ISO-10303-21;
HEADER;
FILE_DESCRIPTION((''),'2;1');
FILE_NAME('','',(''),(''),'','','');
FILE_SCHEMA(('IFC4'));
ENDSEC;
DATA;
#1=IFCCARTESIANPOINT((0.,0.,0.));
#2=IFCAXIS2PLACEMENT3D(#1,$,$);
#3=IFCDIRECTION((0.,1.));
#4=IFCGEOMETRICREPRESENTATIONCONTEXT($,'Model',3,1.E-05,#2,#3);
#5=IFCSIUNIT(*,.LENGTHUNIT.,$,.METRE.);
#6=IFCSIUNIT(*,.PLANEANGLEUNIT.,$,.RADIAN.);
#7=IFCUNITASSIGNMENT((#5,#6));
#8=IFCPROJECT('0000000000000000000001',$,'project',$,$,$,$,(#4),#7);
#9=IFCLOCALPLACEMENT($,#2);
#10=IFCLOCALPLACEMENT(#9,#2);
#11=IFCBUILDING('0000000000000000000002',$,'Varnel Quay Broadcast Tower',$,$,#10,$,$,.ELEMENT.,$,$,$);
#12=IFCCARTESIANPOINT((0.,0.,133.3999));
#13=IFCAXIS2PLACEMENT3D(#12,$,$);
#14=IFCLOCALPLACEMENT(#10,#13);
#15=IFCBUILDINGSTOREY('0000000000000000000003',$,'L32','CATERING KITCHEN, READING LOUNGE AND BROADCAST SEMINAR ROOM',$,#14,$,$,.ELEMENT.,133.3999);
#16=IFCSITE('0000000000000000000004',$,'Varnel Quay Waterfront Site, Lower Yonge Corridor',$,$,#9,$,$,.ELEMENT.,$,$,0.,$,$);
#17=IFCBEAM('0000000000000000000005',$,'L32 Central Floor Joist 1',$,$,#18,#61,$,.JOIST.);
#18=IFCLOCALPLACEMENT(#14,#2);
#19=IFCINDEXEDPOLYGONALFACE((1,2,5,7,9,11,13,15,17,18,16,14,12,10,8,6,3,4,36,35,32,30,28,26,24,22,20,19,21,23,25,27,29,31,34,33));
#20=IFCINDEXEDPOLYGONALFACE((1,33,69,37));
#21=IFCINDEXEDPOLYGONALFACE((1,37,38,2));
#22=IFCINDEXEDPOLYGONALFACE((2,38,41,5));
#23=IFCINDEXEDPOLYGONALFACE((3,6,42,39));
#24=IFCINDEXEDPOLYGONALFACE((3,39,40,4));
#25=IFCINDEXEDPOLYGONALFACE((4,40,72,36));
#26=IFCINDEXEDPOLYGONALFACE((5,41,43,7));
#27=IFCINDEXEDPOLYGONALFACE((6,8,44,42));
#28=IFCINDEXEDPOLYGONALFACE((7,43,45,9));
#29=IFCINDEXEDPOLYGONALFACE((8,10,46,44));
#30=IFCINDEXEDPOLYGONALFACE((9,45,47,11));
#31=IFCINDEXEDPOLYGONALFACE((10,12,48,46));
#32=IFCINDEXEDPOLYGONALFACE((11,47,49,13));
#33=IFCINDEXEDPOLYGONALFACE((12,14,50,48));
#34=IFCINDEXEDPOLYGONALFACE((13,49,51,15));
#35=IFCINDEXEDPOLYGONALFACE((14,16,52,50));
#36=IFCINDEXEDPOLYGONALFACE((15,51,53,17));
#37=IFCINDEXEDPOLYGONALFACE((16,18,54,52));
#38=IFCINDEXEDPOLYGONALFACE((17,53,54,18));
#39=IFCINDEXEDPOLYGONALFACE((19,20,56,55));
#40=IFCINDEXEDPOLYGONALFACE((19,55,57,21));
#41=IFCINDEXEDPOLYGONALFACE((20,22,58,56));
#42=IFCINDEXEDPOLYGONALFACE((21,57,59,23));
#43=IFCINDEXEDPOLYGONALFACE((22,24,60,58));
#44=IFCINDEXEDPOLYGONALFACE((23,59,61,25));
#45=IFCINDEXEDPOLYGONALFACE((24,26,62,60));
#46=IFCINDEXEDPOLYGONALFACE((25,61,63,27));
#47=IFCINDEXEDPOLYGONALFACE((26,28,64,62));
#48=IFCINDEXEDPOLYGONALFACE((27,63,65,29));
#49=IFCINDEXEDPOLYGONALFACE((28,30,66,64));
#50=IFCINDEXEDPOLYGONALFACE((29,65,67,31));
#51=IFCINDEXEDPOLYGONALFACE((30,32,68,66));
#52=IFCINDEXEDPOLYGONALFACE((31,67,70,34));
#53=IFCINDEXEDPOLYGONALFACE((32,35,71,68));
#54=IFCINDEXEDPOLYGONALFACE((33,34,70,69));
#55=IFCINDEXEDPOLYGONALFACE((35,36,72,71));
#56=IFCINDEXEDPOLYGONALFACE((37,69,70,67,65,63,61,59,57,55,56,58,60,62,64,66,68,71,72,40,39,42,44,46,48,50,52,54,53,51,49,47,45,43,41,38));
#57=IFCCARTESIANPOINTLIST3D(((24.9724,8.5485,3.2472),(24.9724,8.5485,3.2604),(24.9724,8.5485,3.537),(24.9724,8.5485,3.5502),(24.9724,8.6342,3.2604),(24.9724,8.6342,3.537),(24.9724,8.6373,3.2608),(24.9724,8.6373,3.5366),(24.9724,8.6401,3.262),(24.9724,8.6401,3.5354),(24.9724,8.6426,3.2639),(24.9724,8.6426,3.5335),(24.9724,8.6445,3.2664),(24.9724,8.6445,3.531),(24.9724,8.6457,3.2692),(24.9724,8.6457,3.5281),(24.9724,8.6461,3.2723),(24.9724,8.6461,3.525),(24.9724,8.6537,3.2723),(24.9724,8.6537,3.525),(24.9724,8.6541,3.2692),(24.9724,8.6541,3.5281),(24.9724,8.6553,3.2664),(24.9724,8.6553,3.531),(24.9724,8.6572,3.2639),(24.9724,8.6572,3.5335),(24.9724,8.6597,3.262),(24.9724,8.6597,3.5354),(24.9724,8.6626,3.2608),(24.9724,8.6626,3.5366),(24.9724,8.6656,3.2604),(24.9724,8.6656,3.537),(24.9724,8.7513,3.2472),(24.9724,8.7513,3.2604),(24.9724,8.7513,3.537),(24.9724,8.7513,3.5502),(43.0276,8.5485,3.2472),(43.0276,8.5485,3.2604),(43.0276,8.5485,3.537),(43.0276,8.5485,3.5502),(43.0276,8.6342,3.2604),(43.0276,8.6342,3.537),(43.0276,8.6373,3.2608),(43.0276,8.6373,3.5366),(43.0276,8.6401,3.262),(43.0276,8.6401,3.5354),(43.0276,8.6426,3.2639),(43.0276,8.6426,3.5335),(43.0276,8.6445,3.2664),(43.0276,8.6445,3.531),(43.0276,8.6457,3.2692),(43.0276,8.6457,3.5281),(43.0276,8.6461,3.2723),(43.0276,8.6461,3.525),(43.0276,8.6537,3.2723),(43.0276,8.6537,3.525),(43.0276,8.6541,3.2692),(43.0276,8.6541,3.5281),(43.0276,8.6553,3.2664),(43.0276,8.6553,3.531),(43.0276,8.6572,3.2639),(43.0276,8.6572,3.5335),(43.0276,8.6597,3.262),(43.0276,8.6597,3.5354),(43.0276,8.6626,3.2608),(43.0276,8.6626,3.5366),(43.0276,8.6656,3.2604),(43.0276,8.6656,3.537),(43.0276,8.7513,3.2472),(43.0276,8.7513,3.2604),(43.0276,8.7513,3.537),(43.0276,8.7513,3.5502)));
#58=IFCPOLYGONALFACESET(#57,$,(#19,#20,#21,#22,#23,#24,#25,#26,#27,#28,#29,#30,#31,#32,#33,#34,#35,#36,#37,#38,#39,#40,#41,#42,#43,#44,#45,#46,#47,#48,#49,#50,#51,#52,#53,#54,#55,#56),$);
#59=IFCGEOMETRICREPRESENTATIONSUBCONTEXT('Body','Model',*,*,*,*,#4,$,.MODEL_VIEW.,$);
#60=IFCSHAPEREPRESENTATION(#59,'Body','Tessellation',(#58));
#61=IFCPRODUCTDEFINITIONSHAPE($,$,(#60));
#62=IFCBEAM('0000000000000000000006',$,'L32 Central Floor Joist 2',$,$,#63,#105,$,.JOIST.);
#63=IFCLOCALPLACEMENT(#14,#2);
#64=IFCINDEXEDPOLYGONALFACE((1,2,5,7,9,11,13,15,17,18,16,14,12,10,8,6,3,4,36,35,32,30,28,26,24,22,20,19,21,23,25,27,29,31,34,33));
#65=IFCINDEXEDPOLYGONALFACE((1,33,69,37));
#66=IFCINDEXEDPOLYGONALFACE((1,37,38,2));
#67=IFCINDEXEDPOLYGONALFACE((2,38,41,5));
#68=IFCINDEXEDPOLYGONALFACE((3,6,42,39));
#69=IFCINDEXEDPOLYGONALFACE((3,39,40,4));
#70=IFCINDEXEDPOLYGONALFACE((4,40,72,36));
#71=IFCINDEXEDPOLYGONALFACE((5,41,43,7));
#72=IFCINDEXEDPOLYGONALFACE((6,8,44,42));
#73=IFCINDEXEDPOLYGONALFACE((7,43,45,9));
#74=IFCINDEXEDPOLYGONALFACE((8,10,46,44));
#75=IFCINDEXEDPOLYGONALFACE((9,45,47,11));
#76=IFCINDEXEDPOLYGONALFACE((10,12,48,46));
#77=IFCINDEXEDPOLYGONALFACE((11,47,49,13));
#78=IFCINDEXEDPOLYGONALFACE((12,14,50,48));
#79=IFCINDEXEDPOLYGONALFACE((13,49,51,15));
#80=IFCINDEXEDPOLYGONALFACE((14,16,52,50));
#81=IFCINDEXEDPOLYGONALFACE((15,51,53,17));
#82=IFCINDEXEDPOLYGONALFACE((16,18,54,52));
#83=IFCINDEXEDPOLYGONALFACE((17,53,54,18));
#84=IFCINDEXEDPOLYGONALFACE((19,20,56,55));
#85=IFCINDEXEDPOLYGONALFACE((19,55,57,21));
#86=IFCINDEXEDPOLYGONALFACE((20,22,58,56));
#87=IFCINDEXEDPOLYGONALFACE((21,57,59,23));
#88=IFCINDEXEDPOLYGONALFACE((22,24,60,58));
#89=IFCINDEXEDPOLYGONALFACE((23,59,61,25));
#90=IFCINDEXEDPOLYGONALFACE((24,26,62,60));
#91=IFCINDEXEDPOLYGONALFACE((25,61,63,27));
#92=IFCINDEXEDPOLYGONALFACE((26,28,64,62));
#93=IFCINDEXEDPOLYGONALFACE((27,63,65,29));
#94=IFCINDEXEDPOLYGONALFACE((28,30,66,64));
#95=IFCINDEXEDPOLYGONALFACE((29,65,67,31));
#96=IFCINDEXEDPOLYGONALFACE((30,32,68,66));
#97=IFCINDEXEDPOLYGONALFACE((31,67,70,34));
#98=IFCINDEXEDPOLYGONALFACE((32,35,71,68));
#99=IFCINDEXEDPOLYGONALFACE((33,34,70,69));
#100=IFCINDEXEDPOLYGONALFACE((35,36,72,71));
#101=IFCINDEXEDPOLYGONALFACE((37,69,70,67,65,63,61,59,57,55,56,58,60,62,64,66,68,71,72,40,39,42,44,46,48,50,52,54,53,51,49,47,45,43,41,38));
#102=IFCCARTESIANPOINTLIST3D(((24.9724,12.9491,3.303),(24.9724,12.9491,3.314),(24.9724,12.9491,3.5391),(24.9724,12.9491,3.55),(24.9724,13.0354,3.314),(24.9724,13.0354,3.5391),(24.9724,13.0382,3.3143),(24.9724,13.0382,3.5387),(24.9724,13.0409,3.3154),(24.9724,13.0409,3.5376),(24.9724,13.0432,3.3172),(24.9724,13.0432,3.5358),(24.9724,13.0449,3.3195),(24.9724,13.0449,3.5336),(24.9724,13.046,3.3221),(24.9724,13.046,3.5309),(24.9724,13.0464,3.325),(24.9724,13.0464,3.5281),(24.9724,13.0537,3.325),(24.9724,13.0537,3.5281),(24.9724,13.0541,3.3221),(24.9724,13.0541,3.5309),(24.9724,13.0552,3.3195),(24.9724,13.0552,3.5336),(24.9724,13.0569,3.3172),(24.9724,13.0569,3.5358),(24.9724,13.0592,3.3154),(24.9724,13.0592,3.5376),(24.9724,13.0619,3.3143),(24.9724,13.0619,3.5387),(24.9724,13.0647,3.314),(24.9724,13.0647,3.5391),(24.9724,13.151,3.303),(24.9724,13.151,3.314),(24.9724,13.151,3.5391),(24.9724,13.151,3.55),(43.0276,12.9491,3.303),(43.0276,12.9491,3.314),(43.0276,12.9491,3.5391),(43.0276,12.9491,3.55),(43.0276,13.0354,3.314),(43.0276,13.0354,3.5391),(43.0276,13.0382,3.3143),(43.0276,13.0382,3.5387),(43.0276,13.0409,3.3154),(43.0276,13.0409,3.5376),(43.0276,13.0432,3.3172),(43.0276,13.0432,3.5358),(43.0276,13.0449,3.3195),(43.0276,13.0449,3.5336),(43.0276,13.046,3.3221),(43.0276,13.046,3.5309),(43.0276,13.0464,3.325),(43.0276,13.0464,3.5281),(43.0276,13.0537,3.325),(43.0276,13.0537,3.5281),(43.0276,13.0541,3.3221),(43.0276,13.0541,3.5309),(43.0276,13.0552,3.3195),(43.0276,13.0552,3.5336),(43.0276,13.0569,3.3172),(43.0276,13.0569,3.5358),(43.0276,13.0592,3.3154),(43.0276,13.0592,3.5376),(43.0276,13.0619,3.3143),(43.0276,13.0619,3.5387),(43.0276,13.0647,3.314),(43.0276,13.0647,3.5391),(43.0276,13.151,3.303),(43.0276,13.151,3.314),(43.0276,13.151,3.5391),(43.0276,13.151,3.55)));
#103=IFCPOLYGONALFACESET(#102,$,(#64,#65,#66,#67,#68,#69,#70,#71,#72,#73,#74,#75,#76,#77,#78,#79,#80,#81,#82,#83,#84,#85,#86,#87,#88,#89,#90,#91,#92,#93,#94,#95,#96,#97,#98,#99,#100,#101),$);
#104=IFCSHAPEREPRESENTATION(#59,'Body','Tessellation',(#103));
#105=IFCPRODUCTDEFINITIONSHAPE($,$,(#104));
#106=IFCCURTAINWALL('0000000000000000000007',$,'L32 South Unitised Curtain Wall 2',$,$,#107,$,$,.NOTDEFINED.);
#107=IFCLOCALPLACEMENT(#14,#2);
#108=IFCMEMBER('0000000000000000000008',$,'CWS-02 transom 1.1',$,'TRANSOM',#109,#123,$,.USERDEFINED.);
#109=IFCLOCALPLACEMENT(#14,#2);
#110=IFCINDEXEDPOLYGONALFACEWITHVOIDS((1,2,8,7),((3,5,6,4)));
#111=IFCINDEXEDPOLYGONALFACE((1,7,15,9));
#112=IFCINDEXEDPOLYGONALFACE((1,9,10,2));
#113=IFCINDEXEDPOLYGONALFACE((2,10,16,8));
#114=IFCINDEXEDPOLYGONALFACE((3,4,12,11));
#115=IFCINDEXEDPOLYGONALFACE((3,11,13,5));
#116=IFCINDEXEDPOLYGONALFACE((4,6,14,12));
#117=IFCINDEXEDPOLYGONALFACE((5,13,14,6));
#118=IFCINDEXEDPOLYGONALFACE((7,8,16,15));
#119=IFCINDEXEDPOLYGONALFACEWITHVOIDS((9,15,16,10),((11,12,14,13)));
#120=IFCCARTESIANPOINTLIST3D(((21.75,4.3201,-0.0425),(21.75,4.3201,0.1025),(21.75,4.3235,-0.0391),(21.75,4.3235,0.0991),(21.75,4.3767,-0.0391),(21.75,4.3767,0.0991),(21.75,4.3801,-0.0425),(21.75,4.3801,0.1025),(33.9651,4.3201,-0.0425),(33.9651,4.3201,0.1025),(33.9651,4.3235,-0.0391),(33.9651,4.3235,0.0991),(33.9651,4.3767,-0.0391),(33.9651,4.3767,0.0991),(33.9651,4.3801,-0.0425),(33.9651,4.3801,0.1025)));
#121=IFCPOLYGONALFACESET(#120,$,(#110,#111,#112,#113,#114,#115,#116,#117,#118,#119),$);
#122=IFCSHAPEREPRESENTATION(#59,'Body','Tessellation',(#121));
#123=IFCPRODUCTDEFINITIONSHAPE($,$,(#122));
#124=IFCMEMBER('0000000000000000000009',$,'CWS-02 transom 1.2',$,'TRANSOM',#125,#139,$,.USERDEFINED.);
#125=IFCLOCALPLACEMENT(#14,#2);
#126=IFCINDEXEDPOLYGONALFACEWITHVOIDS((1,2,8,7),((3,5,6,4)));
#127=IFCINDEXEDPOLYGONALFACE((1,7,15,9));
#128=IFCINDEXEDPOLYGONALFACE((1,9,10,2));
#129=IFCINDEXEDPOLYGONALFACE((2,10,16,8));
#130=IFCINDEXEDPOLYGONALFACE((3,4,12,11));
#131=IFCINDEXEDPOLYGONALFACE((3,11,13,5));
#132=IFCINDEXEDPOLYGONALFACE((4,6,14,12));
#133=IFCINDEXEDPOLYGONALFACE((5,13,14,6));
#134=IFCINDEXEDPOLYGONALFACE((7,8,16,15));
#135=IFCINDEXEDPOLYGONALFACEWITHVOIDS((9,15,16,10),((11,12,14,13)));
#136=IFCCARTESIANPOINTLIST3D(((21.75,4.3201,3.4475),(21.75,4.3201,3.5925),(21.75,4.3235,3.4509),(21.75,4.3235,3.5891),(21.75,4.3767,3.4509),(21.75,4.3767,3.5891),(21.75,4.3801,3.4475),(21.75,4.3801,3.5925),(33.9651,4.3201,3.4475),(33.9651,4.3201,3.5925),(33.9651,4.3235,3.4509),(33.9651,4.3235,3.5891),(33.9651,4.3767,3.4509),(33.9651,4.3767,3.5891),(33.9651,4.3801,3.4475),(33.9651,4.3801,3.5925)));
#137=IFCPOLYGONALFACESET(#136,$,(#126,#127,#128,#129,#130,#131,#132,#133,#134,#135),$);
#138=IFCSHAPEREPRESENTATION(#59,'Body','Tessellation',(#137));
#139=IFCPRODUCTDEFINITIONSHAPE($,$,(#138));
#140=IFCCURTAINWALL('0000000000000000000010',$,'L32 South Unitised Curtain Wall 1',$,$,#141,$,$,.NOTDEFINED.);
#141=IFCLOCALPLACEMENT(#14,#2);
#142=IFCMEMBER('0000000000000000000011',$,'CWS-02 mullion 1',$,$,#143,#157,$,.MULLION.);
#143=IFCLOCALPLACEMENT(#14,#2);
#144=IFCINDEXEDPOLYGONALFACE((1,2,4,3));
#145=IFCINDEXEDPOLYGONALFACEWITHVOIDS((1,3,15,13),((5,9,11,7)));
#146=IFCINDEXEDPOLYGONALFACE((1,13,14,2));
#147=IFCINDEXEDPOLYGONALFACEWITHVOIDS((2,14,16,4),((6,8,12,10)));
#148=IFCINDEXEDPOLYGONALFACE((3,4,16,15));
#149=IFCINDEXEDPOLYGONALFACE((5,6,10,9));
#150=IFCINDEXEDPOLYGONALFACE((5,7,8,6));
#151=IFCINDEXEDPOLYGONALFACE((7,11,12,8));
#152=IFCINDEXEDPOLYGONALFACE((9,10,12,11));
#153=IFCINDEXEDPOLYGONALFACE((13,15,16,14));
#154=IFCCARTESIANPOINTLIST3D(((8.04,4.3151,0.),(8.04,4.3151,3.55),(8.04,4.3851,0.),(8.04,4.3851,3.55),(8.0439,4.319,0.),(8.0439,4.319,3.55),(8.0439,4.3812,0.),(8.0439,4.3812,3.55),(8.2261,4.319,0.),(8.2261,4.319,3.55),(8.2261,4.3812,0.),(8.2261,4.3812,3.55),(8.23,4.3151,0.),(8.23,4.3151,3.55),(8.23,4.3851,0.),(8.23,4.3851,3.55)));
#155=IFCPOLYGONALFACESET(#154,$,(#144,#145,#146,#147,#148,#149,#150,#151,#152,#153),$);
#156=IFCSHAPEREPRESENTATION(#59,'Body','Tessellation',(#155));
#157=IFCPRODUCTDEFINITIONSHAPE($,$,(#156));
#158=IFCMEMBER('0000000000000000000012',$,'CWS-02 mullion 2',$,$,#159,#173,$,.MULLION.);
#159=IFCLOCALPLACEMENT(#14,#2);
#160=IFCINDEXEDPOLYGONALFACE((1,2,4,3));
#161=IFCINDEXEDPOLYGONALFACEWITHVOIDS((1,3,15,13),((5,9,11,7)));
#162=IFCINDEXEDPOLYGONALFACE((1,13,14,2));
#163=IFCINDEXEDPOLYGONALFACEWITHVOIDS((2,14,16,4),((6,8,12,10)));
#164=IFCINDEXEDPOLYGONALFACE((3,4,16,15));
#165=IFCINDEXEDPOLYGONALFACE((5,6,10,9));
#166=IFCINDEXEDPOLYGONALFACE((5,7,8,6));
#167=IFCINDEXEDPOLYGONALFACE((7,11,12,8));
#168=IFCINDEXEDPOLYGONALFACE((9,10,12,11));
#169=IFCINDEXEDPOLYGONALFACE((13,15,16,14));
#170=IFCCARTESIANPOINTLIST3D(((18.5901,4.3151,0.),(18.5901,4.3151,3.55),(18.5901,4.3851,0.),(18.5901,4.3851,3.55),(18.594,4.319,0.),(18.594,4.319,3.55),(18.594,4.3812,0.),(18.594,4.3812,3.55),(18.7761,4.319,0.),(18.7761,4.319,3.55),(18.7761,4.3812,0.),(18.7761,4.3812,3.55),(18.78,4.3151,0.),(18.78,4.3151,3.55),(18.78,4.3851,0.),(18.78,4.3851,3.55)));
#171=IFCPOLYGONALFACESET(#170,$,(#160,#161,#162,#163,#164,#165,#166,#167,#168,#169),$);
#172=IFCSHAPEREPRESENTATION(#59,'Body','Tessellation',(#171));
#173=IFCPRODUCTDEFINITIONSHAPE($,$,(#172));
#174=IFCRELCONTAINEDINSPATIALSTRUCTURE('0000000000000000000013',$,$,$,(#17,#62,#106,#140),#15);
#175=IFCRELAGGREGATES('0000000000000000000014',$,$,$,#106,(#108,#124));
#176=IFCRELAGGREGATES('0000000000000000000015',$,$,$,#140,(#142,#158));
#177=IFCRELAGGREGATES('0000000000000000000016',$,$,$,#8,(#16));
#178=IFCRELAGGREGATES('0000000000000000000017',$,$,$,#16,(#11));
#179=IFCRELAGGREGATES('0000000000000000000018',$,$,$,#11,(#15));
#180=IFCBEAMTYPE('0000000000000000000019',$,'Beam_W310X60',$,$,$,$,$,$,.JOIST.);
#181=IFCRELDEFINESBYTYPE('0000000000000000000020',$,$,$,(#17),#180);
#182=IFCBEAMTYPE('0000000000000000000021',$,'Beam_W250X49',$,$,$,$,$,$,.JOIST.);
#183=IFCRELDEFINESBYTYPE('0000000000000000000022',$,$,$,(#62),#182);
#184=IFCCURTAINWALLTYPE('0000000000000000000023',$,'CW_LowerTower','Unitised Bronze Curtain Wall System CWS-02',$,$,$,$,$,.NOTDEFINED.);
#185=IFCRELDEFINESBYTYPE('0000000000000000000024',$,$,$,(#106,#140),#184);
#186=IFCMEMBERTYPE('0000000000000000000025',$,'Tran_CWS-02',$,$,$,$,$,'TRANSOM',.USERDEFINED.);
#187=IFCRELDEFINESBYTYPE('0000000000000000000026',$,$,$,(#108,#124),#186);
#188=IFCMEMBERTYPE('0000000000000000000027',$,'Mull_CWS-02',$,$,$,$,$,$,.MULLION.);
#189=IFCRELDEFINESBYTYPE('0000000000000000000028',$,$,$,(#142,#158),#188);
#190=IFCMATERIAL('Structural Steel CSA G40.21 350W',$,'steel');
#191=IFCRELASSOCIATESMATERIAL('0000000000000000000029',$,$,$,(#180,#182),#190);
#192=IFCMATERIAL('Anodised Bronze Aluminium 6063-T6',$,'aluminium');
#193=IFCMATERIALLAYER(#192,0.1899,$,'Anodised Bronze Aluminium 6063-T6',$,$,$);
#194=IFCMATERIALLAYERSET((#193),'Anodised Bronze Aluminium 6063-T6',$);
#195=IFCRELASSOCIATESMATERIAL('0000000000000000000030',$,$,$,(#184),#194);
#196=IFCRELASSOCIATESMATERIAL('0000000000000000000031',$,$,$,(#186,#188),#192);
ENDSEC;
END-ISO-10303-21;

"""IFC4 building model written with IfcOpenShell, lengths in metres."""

from ifc_helpers import new_model, si_unit, direction, frame, origin, origin_2d, place, context, subcontext, project, spatial, hollow_rectangle, i_section, extrude, source, transform, mapped, material, layer, layer_set, material_profile, profile_set, type_object, type_shapes, element, aggregate, save


model = new_model("IFC4")

# Units and contexts
model_context = context("Model", 3, precision=1e-05, world=origin(), true_north=direction((0.0, 1.0)))
body_context = subcontext(model_context, "Body", "Model", "MODEL_VIEW")
ifc_project = project(units=[si_unit("LENGTHUNIT", "METRE"), si_unit("PLANEANGLEUNIT", "RADIAN")], contexts=[model_context])

# Site, building, storey
site_placement = place(None, origin())
site = spatial("IfcSite", under=ifc_project, at=site_placement, Name="Varnel Quay Waterfront Site, Lower Yonge Corridor", CompositionType="ELEMENT", RefElevation=0.0)
building_placement = place(site_placement, origin())
building = spatial("IfcBuilding", under=site, at=building_placement, Name="Varnel Quay Broadcast Tower", CompositionType="ELEMENT")
storey_placement = place(building_placement, frame((0.0, 0.0, 133.3999)))
storey = spatial("IfcBuildingStorey", under=building, at=storey_placement, Name="L32", Description="CATERING KITCHEN, READING LOUNGE AND BROADCAST SEMINAR ROOM", CompositionType="ELEMENT", Elevation=133.3999)

# Shared definitions
ifc_material_1 = material(Name="Structural Steel CSA G40.21 350W", Category="steel")

# Beams
ifc_material_profile_1 = material_profile(ifc_material_1, i_section(OverallWidth=0.2029, OverallDepth=0.303, WebThickness=0.0076, FlangeThickness=0.0132, FilletRadius=0.012, at=origin_2d()), Name="W310X60")
ifc_profile_set_1 = profile_set([ifc_material_profile_1], Name="Structural Steel CSA G40.21 350W")
beam_type_1 = type_object("IfcBeamType", Name="Beam_W310X60", PredefinedType="JOIST", material=ifc_profile_set_1)
shared_shape_1 = source(origin(), body_context, "Body", "SweptSolid", [
    extrude(i_section(OverallWidth=0.2029, OverallDepth=0.303, WebThickness=0.0076, FlangeThickness=0.0132, FilletRadius=0.012, at=origin_2d()), origin(), (0.0, 0.0, 1.0), 18.0552),
])
type_shapes(beam_type_1, [shared_shape_1])
beam_1_placement = place(storey_placement, frame((24.9724, 8.6499, 3.3987), z_axis=(1.0, 0.0, 0.0), x_axis=(0.0, 1.0, 0.0)))
element("IfcBeam", 1, at=beam_1_placement, inside=storey, type_object=beam_type_1, Name="L32 Central Floor Joist 1", PredefinedType="JOIST", context=body_context, shape_type="MappedRepresentation", body=[
    mapped(shared_shape_1, transform((0.0, 0.0, 0.0), x_axis=(1.0, 0.0, 0.0), y_axis=(0.0, 1.0, 0.0), z_axis=(0.0, 0.0, 1.0), scale=1.0)),
])
ifc_material_profile_2 = material_profile(ifc_material_1, i_section(OverallWidth=0.2019, OverallDepth=0.2471, WebThickness=0.0073, FlangeThickness=0.011, FilletRadius=0.011, at=origin_2d()), Name="W250X49")
ifc_profile_set_2 = profile_set([ifc_material_profile_2], Name="Structural Steel CSA G40.21 350W")
beam_type_2 = type_object("IfcBeamType", Name="Beam_W250X49", PredefinedType="JOIST", material=ifc_profile_set_2)
shared_shape_2 = source(origin(), body_context, "Body", "SweptSolid", [
    extrude(i_section(OverallWidth=0.2019, OverallDepth=0.2471, WebThickness=0.0073, FlangeThickness=0.011, FilletRadius=0.011, at=origin_2d()), origin(), (0.0, 0.0, 1.0), 18.0552),
])
type_shapes(beam_type_2, [shared_shape_2])
beam_2_placement = place(storey_placement, frame((24.9724, 13.05, 3.4265), z_axis=(1.0, 0.0, 0.0), x_axis=(0.0, 1.0, 0.0)))
element("IfcBeam", 2, at=beam_2_placement, inside=storey, type_object=beam_type_2, Name="L32 Central Floor Joist 2", PredefinedType="JOIST", context=body_context, shape_type="MappedRepresentation", body=[
    mapped(shared_shape_2, transform((0.0, 0.0, 0.0), x_axis=(1.0, 0.0, 0.0), y_axis=(0.0, 1.0, 0.0), z_axis=(0.0, 0.0, 1.0), scale=1.0)),
])

# Curtain walls, members
ifc_material_2 = material(Name="Anodised Bronze Aluminium 6063-T6", Category="aluminium")
ifc_layer_1 = layer(ifc_material_2, 0.1899, Name="Anodised Bronze Aluminium 6063-T6")
ifc_layer_set_1 = layer_set([ifc_layer_1], Name="Anodised Bronze Aluminium 6063-T6")
curtain_wall_type_1 = type_object("IfcCurtainWallType", Name="CW_LowerTower", Description="Unitised Bronze Curtain Wall System CWS-02", PredefinedType="NOTDEFINED", material=ifc_layer_set_1)
curtain_wall_1_placement = place(storey_placement, origin())
curtain_wall_1 = element("IfcCurtainWall", 3, at=curtain_wall_1_placement, inside=storey, type_object=curtain_wall_type_1, Name="L32 South Unitised Curtain Wall 2", PredefinedType="NOTDEFINED")
ifc_material_profile_3 = material_profile(ifc_material_2, hollow_rectangle(XDim=0.0601, YDim=0.145, WallThickness=0.0034, at=origin_2d()), Name="ALU60X145X3.5")
ifc_profile_set_3 = profile_set([ifc_material_profile_3], Name="Anodised Bronze Aluminium 6063-T6")
member_type_1 = type_object("IfcMemberType", Name="Tran_CWS-02", ElementType="TRANSOM", PredefinedType="USERDEFINED", material=ifc_profile_set_3)
shared_shape_3 = source(origin(), body_context, "Body", "SweptSolid", [
    extrude(hollow_rectangle(XDim=0.0601, YDim=0.145, WallThickness=0.0034, at=origin_2d()), origin(), (0.0, 0.0, 1.0), 12.2151),
])
member_1_placement = place(storey_placement, frame((21.75, 4.3501, 0.03), z_axis=(1.0, 0.0, 0.0), x_axis=(0.0, 1.0, 0.0)))
member_1 = element("IfcMember", 4, at=member_1_placement, type_object=member_type_1, Name="CWS-02 transom 1.1", ObjectType="TRANSOM", PredefinedType="USERDEFINED", context=body_context, shape_type="MappedRepresentation", body=[
    mapped(shared_shape_3, transform((0.0, 0.0, 0.0), x_axis=(1.0, 0.0, 0.0), y_axis=(0.0, 1.0, 0.0), z_axis=(0.0, 0.0, 1.0), scale=1.0)),
])
member_2_placement = place(storey_placement, frame((21.75, 4.3501, 3.52), z_axis=(1.0, 0.0, 0.0), x_axis=(0.0, 1.0, 0.0)))
member_2 = element("IfcMember", 5, at=member_2_placement, type_object=member_type_1, Name="CWS-02 transom 1.2", ObjectType="TRANSOM", PredefinedType="USERDEFINED", context=body_context, shape_type="MappedRepresentation", body=[
    mapped(shared_shape_3, transform((0.0, 0.0, 0.0), x_axis=(1.0, 0.0, 0.0), y_axis=(0.0, 1.0, 0.0), z_axis=(0.0, 0.0, 1.0), scale=1.0)),
])
curtain_wall_2_placement = place(storey_placement, origin())
curtain_wall_2 = element("IfcCurtainWall", 6, at=curtain_wall_2_placement, inside=storey, type_object=curtain_wall_type_1, Name="L32 South Unitised Curtain Wall 1", PredefinedType="NOTDEFINED")
ifc_material_profile_4 = material_profile(ifc_material_2, hollow_rectangle(XDim=0.0701, YDim=0.1899, WallThickness=0.0039, at=origin_2d()), Name="ALU70X190X4")
ifc_profile_set_4 = profile_set([ifc_material_profile_4], Name="Anodised Bronze Aluminium 6063-T6")
member_type_2 = type_object("IfcMemberType", Name="Mull_CWS-02", PredefinedType="MULLION", material=ifc_profile_set_4)
shared_shape_4 = source(origin(), body_context, "Body", "SweptSolid", [
    extrude(hollow_rectangle(XDim=0.0701, YDim=0.1899, WallThickness=0.0039, at=origin_2d()), origin(), (0.0, 0.0, 1.0), 3.55),
])
type_shapes(member_type_2, [shared_shape_4])
member_3_placement = place(storey_placement, frame((8.135, 4.3501, 0.0), z_axis=(0.0, 0.0, 1.0), x_axis=(0.0, 1.0, 0.0)))
member_3 = element("IfcMember", 7, at=member_3_placement, type_object=member_type_2, Name="CWS-02 mullion 1", PredefinedType="MULLION", context=body_context, shape_type="MappedRepresentation", body=[
    mapped(shared_shape_4, transform((0.0, 0.0, 0.0), x_axis=(1.0, 0.0, 0.0), y_axis=(0.0, 1.0, 0.0), z_axis=(0.0, 0.0, 1.0), scale=1.0)),
])
member_4_placement = place(storey_placement, frame((18.6851, 4.3501, 0.0), z_axis=(0.0, 0.0, 1.0), x_axis=(0.0, 1.0, 0.0)))
member_4 = element("IfcMember", 8, at=member_4_placement, type_object=member_type_2, Name="CWS-02 mullion 2", PredefinedType="MULLION", context=body_context, shape_type="MappedRepresentation", body=[
    mapped(shared_shape_4, transform((0.0, 0.0, 0.0), x_axis=(1.0, 0.0, 0.0), y_axis=(0.0, 1.0, 0.0), z_axis=(0.0, 0.0, 1.0), scale=1.0)),
])

aggregate(curtain_wall_1, [member_1, member_2])

aggregate(curtain_wall_2, [member_3, member_4])

save(model, "model.ifc")
